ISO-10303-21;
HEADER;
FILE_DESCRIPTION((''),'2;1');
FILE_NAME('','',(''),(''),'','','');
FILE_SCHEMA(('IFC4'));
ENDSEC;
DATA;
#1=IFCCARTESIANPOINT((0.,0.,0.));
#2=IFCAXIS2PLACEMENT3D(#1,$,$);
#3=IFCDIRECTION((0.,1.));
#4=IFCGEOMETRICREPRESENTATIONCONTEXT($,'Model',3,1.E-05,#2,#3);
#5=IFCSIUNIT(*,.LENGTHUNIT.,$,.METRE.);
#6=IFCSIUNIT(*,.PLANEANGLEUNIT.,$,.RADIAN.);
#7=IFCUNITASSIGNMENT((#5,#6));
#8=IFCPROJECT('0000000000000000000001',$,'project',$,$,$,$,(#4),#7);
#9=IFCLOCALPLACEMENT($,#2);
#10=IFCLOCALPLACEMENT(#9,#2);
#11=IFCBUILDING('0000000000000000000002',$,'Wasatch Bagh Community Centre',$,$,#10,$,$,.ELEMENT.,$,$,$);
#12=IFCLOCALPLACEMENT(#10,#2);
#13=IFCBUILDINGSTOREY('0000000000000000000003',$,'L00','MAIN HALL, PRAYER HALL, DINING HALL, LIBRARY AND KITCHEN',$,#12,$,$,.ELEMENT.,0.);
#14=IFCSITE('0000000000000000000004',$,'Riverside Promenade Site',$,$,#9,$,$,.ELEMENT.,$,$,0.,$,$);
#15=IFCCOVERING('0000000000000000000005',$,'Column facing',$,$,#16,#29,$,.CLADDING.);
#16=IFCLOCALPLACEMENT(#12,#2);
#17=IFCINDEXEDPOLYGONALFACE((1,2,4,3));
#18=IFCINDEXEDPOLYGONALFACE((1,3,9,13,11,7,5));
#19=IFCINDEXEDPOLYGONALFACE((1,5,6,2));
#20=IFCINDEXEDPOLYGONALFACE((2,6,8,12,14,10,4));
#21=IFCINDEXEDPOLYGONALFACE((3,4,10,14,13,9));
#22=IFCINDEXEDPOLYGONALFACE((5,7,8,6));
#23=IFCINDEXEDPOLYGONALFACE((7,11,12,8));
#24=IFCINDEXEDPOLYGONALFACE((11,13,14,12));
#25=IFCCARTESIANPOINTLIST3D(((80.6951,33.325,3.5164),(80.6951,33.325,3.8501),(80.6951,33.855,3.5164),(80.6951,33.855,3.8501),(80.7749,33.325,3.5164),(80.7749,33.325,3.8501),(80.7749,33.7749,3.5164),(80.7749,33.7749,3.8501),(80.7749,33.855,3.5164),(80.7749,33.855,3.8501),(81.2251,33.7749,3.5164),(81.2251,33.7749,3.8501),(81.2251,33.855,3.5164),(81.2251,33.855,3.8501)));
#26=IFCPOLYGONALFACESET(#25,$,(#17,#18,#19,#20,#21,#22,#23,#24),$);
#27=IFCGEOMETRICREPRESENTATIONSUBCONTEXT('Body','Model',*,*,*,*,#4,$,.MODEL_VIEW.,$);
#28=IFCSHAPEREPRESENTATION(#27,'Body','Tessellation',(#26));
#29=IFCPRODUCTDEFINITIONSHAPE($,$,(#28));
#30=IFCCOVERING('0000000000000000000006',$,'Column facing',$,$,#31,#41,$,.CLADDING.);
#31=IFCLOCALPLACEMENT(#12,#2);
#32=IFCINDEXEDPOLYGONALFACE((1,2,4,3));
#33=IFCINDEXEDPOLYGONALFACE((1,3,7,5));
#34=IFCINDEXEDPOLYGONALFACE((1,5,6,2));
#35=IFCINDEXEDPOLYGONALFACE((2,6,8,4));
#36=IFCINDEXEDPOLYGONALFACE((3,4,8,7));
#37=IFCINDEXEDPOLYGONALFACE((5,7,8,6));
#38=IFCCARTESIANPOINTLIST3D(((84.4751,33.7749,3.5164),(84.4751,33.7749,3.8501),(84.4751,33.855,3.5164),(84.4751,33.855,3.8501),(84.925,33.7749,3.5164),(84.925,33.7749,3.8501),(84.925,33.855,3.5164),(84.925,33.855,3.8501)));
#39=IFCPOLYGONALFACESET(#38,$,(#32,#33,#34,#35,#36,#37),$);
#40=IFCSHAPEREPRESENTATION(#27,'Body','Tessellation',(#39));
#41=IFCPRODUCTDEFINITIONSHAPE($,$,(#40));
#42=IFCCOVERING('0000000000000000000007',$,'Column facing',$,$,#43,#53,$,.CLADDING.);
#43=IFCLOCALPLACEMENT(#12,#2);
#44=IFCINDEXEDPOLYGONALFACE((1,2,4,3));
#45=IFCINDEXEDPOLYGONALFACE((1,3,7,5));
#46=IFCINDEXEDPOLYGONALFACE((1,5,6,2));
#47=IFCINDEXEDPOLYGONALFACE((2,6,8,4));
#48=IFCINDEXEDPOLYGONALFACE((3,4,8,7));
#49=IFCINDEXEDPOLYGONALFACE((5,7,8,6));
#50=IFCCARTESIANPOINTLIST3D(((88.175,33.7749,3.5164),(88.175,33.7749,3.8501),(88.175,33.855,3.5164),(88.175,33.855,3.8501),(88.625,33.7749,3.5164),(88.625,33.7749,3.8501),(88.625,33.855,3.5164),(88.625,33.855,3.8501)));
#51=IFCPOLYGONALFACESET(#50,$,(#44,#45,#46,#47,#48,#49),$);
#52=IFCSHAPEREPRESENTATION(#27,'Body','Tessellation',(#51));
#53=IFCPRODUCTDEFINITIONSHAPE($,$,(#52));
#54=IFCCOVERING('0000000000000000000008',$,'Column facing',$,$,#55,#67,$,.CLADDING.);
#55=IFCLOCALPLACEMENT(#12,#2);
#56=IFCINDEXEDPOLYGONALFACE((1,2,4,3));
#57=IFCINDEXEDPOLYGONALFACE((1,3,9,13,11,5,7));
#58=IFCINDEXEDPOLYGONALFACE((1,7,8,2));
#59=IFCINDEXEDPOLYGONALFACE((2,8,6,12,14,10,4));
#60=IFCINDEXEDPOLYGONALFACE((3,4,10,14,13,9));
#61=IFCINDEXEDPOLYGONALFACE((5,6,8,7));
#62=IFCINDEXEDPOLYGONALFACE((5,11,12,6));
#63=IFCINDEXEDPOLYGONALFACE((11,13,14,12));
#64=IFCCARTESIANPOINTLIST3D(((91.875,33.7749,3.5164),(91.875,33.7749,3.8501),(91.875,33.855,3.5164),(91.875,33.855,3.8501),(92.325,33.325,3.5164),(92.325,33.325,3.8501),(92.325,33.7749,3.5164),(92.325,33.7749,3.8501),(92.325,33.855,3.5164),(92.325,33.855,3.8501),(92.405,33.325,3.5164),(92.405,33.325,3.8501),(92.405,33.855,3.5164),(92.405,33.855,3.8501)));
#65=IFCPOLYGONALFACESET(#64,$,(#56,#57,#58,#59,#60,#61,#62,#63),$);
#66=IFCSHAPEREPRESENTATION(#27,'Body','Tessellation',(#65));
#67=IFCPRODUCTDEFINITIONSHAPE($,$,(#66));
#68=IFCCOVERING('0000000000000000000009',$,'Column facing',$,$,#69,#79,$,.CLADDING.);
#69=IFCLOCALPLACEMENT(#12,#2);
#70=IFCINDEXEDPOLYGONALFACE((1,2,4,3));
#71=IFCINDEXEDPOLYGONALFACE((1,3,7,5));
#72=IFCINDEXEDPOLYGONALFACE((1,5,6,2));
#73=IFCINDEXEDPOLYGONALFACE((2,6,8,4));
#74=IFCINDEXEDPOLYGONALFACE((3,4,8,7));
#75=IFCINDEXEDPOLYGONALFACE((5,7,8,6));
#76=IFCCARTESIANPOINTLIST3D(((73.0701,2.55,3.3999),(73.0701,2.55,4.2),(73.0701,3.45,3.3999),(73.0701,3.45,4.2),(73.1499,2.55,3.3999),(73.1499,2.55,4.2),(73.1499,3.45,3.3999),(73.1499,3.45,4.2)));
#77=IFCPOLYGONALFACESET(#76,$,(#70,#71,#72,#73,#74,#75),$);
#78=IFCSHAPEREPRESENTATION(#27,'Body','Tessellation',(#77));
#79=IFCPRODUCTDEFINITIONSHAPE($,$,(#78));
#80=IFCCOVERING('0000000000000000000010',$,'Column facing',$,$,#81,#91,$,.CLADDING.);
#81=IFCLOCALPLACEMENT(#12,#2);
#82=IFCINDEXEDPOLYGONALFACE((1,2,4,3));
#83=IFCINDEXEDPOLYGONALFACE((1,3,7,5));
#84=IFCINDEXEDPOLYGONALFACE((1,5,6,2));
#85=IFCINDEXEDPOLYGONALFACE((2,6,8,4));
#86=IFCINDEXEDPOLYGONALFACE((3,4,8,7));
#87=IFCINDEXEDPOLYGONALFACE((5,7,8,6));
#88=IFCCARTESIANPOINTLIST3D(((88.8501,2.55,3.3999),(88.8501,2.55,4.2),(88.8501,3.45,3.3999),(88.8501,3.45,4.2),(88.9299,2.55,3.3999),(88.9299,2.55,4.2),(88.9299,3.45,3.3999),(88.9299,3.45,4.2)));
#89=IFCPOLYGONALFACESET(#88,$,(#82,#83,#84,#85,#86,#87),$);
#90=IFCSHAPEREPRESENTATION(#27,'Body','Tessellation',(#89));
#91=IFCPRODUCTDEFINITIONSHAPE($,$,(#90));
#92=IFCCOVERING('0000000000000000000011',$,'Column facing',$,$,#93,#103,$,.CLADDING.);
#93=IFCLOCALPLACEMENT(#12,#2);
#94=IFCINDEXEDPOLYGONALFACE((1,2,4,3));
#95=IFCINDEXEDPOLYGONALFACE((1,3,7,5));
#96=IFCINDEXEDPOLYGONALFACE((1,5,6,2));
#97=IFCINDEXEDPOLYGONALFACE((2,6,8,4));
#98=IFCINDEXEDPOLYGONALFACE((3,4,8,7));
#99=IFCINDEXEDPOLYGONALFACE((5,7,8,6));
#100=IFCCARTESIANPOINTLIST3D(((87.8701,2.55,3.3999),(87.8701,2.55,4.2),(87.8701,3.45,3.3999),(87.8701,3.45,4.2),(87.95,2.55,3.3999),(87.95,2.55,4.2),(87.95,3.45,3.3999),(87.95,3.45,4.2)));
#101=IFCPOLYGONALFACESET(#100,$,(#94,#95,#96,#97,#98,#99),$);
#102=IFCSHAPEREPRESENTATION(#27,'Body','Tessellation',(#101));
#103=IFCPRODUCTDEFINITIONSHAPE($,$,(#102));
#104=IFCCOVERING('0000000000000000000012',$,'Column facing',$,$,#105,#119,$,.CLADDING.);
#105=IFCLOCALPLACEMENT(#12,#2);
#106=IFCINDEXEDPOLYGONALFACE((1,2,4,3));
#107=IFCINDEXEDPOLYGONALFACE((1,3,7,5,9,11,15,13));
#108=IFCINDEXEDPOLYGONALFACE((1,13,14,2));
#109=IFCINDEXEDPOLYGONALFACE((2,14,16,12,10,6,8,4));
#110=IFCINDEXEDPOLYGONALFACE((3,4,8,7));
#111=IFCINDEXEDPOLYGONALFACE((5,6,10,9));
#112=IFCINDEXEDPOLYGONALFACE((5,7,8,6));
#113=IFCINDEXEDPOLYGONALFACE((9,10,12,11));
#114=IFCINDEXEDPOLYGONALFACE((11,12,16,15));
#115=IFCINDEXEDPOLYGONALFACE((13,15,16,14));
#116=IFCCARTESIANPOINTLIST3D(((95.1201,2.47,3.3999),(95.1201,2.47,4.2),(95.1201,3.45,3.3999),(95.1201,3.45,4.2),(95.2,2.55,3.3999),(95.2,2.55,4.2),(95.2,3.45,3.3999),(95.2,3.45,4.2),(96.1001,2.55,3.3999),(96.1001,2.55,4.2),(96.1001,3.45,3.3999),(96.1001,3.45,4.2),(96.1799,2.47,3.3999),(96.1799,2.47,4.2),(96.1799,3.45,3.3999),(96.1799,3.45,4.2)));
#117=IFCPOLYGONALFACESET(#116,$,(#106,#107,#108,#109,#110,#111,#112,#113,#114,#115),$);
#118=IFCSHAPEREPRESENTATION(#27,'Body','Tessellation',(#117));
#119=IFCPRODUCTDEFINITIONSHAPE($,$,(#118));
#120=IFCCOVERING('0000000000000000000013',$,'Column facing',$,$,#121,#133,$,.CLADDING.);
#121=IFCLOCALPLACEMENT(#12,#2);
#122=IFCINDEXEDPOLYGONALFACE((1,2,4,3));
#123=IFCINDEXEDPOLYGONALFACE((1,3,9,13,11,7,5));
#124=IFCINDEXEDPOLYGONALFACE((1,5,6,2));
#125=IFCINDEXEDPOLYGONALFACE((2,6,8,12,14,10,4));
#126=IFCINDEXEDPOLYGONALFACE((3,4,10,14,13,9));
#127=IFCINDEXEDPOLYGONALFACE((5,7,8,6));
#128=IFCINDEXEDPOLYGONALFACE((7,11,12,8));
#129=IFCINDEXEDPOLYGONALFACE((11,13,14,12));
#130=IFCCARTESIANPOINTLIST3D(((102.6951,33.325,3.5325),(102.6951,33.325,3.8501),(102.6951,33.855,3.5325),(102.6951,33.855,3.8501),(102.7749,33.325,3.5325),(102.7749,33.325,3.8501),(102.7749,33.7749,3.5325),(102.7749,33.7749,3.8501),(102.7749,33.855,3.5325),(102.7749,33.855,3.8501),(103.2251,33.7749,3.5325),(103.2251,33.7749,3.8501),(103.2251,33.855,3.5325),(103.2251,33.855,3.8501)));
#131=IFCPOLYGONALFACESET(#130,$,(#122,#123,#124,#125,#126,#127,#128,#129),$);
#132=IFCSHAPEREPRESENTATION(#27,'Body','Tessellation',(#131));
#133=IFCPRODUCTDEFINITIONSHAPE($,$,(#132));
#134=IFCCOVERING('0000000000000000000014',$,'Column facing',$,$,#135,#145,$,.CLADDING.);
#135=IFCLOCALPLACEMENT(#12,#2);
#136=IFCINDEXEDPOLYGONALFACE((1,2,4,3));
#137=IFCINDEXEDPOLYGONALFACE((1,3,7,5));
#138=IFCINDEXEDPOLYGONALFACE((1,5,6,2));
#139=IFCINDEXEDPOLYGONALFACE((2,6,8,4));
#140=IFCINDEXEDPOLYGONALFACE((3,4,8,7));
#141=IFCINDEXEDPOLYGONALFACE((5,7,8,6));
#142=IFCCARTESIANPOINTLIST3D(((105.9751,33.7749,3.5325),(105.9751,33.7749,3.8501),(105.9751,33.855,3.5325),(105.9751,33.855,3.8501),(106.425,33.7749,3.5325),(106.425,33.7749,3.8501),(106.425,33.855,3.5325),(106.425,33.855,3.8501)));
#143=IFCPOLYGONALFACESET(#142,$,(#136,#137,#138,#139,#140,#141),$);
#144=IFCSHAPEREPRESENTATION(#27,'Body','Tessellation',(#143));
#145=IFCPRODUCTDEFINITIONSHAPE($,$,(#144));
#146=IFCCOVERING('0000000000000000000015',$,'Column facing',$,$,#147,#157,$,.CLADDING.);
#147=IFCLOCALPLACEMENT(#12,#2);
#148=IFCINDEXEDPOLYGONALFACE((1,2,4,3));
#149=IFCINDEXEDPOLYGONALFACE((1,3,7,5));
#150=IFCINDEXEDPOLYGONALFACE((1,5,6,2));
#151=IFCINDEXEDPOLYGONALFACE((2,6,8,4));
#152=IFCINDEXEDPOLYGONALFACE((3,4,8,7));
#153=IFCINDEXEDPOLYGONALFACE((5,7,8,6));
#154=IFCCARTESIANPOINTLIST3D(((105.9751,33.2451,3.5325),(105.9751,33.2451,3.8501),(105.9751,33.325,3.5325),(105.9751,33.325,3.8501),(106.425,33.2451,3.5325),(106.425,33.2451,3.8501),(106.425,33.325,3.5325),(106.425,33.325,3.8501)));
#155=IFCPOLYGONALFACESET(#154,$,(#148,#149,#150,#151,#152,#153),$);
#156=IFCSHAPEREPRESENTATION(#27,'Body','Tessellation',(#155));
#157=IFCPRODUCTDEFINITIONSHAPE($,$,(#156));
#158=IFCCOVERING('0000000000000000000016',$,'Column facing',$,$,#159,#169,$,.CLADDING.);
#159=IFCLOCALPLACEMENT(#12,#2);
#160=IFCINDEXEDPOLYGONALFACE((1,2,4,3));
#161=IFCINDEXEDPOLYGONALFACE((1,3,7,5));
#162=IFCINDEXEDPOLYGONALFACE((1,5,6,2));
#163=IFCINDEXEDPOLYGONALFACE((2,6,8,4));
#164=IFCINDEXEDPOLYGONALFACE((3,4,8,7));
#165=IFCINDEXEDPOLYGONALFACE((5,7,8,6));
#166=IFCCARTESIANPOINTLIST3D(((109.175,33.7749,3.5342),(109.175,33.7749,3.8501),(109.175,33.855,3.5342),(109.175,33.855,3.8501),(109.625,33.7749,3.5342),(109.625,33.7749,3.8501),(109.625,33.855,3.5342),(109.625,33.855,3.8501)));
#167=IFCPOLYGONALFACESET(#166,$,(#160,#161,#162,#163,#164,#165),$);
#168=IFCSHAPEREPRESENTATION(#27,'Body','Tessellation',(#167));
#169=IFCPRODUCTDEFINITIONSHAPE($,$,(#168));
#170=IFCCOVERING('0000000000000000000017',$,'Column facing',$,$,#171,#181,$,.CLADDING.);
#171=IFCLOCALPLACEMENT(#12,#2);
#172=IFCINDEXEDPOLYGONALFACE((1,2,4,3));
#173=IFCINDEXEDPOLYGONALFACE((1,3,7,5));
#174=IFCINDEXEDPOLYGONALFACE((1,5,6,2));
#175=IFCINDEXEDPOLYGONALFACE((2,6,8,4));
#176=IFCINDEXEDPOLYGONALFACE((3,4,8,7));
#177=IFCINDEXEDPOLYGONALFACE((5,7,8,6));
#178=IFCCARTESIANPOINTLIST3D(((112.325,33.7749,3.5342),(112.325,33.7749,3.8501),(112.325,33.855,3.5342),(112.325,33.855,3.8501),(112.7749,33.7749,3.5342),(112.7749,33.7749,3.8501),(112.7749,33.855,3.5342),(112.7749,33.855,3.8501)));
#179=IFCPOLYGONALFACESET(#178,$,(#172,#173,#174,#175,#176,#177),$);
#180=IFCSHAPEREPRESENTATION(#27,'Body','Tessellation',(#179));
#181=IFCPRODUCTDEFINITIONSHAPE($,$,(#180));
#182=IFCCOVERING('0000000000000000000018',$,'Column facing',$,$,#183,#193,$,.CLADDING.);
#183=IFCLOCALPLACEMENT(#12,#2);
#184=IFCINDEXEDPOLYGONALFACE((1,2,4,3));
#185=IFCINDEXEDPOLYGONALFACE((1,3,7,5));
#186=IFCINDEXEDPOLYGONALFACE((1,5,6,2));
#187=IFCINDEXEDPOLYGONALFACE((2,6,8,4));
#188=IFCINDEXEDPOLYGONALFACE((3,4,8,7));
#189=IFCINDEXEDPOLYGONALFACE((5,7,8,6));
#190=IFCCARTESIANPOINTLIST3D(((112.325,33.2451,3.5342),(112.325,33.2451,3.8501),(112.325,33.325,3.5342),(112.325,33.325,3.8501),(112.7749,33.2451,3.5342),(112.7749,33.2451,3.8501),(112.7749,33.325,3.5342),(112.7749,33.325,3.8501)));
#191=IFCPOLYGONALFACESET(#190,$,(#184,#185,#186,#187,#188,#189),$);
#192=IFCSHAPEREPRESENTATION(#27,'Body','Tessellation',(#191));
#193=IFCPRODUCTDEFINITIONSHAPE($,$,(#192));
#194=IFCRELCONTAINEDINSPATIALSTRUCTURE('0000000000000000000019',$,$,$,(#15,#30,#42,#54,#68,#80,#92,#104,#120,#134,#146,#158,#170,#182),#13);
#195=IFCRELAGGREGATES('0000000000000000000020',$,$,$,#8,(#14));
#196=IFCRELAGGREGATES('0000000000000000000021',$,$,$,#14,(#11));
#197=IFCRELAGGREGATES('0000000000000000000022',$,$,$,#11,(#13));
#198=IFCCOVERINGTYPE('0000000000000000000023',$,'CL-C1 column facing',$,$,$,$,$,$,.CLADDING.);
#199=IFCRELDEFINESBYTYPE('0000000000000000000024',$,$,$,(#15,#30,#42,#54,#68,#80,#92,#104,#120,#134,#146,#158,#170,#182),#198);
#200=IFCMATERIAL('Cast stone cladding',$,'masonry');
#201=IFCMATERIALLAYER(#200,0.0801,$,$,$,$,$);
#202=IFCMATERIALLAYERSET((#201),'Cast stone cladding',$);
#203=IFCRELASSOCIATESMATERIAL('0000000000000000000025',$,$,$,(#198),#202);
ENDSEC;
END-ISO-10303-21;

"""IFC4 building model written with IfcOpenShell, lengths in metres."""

from ifc_helpers import new_model, si_unit, direction, frame, origin, place, context, subcontext, project, spatial, polyline, outline, extrude, material, layer, layer_set, type_object, element, save


model = new_model("IFC4")

# Units and contexts
model_context = context("Model", 3, precision=1e-05, world=origin(), true_north=direction((0.0, 1.0)))
body_context = subcontext(model_context, "Body", "Model", "MODEL_VIEW")
ifc_project = project(units=[si_unit("LENGTHUNIT", "METRE"), si_unit("PLANEANGLEUNIT", "RADIAN")], contexts=[model_context])

# Site, building, storey
site_placement = place(None, origin())
site = spatial("IfcSite", under=ifc_project, at=site_placement, Name="Riverside Promenade Site", CompositionType="ELEMENT", RefElevation=0.0)
building_placement = place(site_placement, origin())
building = spatial("IfcBuilding", under=site, at=building_placement, Name="Wasatch Bagh Community Centre", CompositionType="ELEMENT")
storey_placement = place(building_placement, origin())
storey = spatial("IfcBuildingStorey", under=building, at=storey_placement, Name="L00", Description="MAIN HALL, PRAYER HALL, DINING HALL, LIBRARY AND KITCHEN", CompositionType="ELEMENT", Elevation=0.0)

# Coverings
ifc_material = material(Name="Cast stone cladding", Category="masonry")
ifc_layer = layer(ifc_material, 0.0801)
ifc_layer_set = layer_set([ifc_layer], Name="Cast stone cladding")
covering_type = type_object("IfcCoveringType", Name="CL-C1 column facing", PredefinedType="CLADDING", material=ifc_layer_set)
covering_1_placement = place(storey_placement, frame((0.0, 0.0, 3.5164)))
element("IfcCovering", 1, at=covering_1_placement, inside=storey, type_object=covering_type, Name="Column facing", PredefinedType="CLADDING", context=body_context, shape_type="SweptSolid", body=[
    extrude(outline(polyline([(80.7749, 33.325), (80.6951, 33.325), (80.6951, 33.855), (80.7749, 33.855), (81.2251, 33.855), (81.2251, 33.7749), (80.7749, 33.7749), (80.7749, 33.325)])), origin(), (0.0, 0.0, 1.0), 0.3337),
])
covering_2_placement = place(storey_placement, frame((0.0, 0.0, 3.5164)))
element("IfcCovering", 2, at=covering_2_placement, inside=storey, type_object=covering_type, Name="Column facing", PredefinedType="CLADDING", context=body_context, shape_type="SweptSolid", body=[
    extrude(outline(polyline([(84.925, 33.7749), (84.4751, 33.7749), (84.4751, 33.855), (84.925, 33.855), (84.925, 33.7749)])), origin(), (0.0, 0.0, 1.0), 0.3337),
])
covering_3_placement = place(storey_placement, frame((0.0, 0.0, 3.5164)))
element("IfcCovering", 3, at=covering_3_placement, inside=storey, type_object=covering_type, Name="Column facing", PredefinedType="CLADDING", context=body_context, shape_type="SweptSolid", body=[
    extrude(outline(polyline([(88.625, 33.7749), (88.175, 33.7749), (88.175, 33.855), (88.625, 33.855), (88.625, 33.7749)])), origin(), (0.0, 0.0, 1.0), 0.3337),
])
covering_4_placement = place(storey_placement, frame((0.0, 0.0, 3.5164)))
element("IfcCovering", 4, at=covering_4_placement, inside=storey, type_object=covering_type, Name="Column facing", PredefinedType="CLADDING", context=body_context, shape_type="SweptSolid", body=[
    extrude(outline(polyline([(92.325, 33.7749), (91.875, 33.7749), (91.875, 33.855), (92.325, 33.855), (92.405, 33.855), (92.405, 33.325), (92.325, 33.325), (92.325, 33.7749)])), origin(), (0.0, 0.0, 1.0), 0.3337),
])
covering_5_placement = place(storey_placement, frame((0.0, 0.0, 3.3999)))
element("IfcCovering", 5, at=covering_5_placement, inside=storey, type_object=covering_type, Name="Column facing", PredefinedType="CLADDING", context=body_context, shape_type="SweptSolid", body=[
    extrude(outline(polyline([(73.1499, 2.55), (73.0701, 2.55), (73.0701, 3.45), (73.1499, 3.45), (73.1499, 2.55)])), origin(), (0.0, 0.0, 1.0), 0.8),
])
covering_6_placement = place(storey_placement, frame((0.0, 0.0, 3.3999)))
element("IfcCovering", 6, at=covering_6_placement, inside=storey, type_object=covering_type, Name="Column facing", PredefinedType="CLADDING", context=body_context, shape_type="SweptSolid", body=[
    extrude(outline(polyline([(88.8501, 3.45), (88.9299, 3.45), (88.9299, 2.55), (88.8501, 2.55), (88.8501, 3.45)])), origin(), (0.0, 0.0, 1.0), 0.8),
])
covering_7_placement = place(storey_placement, frame((0.0, 0.0, 3.3999)))
element("IfcCovering", 7, at=covering_7_placement, inside=storey, type_object=covering_type, Name="Column facing", PredefinedType="CLADDING", context=body_context, shape_type="SweptSolid", body=[
    extrude(outline(polyline([(87.95, 2.55), (87.8701, 2.55), (87.8701, 3.45), (87.95, 3.45), (87.95, 2.55)])), origin(), (0.0, 0.0, 1.0), 0.8),
])
covering_8_placement = place(storey_placement, frame((0.0, 0.0, 3.3999)))
element("IfcCovering", 8, at=covering_8_placement, inside=storey, type_object=covering_type, Name="Column facing", PredefinedType="CLADDING", context=body_context, shape_type="SweptSolid", body=[
    extrude(outline(polyline([(95.1201, 2.47), (95.1201, 3.45), (95.2, 3.45), (95.2, 2.55), (96.1001, 2.55), (96.1001, 3.45), (96.1799, 3.45), (96.1799, 2.47), (95.1201, 2.47)])), origin(), (0.0, 0.0, 1.0), 0.8),
])
covering_9_placement = place(storey_placement, frame((0.0, 0.0, 3.5325)))
element("IfcCovering", 9, at=covering_9_placement, inside=storey, type_object=covering_type, Name="Column facing", PredefinedType="CLADDING", context=body_context, shape_type="SweptSolid", body=[
    extrude(outline(polyline([(102.7749, 33.325), (102.6951, 33.325), (102.6951, 33.855), (102.7749, 33.855), (103.2251, 33.855), (103.2251, 33.7749), (102.7749, 33.7749), (102.7749, 33.325)])), origin(), (0.0, 0.0, 1.0), 0.3176),
])
covering_10_placement = place(storey_placement, frame((0.0, 0.0, 3.5325)))
element("IfcCovering", 10, at=covering_10_placement, inside=storey, type_object=covering_type, Name="Column facing", PredefinedType="CLADDING", context=body_context, shape_type="SweptSolid", body=[
    extrude(outline(polyline([(105.9751, 33.7749), (105.9751, 33.855), (106.425, 33.855), (106.425, 33.7749), (105.9751, 33.7749)])), origin(), (0.0, 0.0, 1.0), 0.3176),
])
covering_11_placement = place(storey_placement, frame((0.0, 0.0, 3.5325)))
element("IfcCovering", 11, at=covering_11_placement, inside=storey, type_object=covering_type, Name="Column facing", PredefinedType="CLADDING", context=body_context, shape_type="SweptSolid", body=[
    extrude(outline(polyline([(106.425, 33.325), (106.425, 33.2451), (105.9751, 33.2451), (105.9751, 33.325), (106.425, 33.325)])), origin(), (0.0, 0.0, 1.0), 0.3176),
])
covering_12_placement = place(storey_placement, frame((0.0, 0.0, 3.5342)))
element("IfcCovering", 12, at=covering_12_placement, inside=storey, type_object=covering_type, Name="Column facing", PredefinedType="CLADDING", context=body_context, shape_type="SweptSolid", body=[
    extrude(outline(polyline([(109.625, 33.7749), (109.175, 33.7749), (109.175, 33.855), (109.625, 33.855), (109.625, 33.7749)])), origin(), (0.0, 0.0, 1.0), 0.3159),
])
covering_13_placement = place(storey_placement, frame((0.0, 0.0, 3.5342)))
element("IfcCovering", 13, at=covering_13_placement, inside=storey, type_object=covering_type, Name="Column facing", PredefinedType="CLADDING", context=body_context, shape_type="SweptSolid", body=[
    extrude(outline(polyline([(112.325, 33.7749), (112.325, 33.855), (112.7749, 33.855), (112.7749, 33.7749), (112.325, 33.7749)])), origin(), (0.0, 0.0, 1.0), 0.3159),
])
covering_14_placement = place(storey_placement, frame((0.0, 0.0, 3.5342)))
element("IfcCovering", 14, at=covering_14_placement, inside=storey, type_object=covering_type, Name="Column facing", PredefinedType="CLADDING", context=body_context, shape_type="SweptSolid", body=[
    extrude(outline(polyline([(112.7749, 33.325), (112.7749, 33.2451), (112.325, 33.2451), (112.325, 33.325), (112.7749, 33.325)])), origin(), (0.0, 0.0, 1.0), 0.3159),
])

save(model, "model.ifc")
